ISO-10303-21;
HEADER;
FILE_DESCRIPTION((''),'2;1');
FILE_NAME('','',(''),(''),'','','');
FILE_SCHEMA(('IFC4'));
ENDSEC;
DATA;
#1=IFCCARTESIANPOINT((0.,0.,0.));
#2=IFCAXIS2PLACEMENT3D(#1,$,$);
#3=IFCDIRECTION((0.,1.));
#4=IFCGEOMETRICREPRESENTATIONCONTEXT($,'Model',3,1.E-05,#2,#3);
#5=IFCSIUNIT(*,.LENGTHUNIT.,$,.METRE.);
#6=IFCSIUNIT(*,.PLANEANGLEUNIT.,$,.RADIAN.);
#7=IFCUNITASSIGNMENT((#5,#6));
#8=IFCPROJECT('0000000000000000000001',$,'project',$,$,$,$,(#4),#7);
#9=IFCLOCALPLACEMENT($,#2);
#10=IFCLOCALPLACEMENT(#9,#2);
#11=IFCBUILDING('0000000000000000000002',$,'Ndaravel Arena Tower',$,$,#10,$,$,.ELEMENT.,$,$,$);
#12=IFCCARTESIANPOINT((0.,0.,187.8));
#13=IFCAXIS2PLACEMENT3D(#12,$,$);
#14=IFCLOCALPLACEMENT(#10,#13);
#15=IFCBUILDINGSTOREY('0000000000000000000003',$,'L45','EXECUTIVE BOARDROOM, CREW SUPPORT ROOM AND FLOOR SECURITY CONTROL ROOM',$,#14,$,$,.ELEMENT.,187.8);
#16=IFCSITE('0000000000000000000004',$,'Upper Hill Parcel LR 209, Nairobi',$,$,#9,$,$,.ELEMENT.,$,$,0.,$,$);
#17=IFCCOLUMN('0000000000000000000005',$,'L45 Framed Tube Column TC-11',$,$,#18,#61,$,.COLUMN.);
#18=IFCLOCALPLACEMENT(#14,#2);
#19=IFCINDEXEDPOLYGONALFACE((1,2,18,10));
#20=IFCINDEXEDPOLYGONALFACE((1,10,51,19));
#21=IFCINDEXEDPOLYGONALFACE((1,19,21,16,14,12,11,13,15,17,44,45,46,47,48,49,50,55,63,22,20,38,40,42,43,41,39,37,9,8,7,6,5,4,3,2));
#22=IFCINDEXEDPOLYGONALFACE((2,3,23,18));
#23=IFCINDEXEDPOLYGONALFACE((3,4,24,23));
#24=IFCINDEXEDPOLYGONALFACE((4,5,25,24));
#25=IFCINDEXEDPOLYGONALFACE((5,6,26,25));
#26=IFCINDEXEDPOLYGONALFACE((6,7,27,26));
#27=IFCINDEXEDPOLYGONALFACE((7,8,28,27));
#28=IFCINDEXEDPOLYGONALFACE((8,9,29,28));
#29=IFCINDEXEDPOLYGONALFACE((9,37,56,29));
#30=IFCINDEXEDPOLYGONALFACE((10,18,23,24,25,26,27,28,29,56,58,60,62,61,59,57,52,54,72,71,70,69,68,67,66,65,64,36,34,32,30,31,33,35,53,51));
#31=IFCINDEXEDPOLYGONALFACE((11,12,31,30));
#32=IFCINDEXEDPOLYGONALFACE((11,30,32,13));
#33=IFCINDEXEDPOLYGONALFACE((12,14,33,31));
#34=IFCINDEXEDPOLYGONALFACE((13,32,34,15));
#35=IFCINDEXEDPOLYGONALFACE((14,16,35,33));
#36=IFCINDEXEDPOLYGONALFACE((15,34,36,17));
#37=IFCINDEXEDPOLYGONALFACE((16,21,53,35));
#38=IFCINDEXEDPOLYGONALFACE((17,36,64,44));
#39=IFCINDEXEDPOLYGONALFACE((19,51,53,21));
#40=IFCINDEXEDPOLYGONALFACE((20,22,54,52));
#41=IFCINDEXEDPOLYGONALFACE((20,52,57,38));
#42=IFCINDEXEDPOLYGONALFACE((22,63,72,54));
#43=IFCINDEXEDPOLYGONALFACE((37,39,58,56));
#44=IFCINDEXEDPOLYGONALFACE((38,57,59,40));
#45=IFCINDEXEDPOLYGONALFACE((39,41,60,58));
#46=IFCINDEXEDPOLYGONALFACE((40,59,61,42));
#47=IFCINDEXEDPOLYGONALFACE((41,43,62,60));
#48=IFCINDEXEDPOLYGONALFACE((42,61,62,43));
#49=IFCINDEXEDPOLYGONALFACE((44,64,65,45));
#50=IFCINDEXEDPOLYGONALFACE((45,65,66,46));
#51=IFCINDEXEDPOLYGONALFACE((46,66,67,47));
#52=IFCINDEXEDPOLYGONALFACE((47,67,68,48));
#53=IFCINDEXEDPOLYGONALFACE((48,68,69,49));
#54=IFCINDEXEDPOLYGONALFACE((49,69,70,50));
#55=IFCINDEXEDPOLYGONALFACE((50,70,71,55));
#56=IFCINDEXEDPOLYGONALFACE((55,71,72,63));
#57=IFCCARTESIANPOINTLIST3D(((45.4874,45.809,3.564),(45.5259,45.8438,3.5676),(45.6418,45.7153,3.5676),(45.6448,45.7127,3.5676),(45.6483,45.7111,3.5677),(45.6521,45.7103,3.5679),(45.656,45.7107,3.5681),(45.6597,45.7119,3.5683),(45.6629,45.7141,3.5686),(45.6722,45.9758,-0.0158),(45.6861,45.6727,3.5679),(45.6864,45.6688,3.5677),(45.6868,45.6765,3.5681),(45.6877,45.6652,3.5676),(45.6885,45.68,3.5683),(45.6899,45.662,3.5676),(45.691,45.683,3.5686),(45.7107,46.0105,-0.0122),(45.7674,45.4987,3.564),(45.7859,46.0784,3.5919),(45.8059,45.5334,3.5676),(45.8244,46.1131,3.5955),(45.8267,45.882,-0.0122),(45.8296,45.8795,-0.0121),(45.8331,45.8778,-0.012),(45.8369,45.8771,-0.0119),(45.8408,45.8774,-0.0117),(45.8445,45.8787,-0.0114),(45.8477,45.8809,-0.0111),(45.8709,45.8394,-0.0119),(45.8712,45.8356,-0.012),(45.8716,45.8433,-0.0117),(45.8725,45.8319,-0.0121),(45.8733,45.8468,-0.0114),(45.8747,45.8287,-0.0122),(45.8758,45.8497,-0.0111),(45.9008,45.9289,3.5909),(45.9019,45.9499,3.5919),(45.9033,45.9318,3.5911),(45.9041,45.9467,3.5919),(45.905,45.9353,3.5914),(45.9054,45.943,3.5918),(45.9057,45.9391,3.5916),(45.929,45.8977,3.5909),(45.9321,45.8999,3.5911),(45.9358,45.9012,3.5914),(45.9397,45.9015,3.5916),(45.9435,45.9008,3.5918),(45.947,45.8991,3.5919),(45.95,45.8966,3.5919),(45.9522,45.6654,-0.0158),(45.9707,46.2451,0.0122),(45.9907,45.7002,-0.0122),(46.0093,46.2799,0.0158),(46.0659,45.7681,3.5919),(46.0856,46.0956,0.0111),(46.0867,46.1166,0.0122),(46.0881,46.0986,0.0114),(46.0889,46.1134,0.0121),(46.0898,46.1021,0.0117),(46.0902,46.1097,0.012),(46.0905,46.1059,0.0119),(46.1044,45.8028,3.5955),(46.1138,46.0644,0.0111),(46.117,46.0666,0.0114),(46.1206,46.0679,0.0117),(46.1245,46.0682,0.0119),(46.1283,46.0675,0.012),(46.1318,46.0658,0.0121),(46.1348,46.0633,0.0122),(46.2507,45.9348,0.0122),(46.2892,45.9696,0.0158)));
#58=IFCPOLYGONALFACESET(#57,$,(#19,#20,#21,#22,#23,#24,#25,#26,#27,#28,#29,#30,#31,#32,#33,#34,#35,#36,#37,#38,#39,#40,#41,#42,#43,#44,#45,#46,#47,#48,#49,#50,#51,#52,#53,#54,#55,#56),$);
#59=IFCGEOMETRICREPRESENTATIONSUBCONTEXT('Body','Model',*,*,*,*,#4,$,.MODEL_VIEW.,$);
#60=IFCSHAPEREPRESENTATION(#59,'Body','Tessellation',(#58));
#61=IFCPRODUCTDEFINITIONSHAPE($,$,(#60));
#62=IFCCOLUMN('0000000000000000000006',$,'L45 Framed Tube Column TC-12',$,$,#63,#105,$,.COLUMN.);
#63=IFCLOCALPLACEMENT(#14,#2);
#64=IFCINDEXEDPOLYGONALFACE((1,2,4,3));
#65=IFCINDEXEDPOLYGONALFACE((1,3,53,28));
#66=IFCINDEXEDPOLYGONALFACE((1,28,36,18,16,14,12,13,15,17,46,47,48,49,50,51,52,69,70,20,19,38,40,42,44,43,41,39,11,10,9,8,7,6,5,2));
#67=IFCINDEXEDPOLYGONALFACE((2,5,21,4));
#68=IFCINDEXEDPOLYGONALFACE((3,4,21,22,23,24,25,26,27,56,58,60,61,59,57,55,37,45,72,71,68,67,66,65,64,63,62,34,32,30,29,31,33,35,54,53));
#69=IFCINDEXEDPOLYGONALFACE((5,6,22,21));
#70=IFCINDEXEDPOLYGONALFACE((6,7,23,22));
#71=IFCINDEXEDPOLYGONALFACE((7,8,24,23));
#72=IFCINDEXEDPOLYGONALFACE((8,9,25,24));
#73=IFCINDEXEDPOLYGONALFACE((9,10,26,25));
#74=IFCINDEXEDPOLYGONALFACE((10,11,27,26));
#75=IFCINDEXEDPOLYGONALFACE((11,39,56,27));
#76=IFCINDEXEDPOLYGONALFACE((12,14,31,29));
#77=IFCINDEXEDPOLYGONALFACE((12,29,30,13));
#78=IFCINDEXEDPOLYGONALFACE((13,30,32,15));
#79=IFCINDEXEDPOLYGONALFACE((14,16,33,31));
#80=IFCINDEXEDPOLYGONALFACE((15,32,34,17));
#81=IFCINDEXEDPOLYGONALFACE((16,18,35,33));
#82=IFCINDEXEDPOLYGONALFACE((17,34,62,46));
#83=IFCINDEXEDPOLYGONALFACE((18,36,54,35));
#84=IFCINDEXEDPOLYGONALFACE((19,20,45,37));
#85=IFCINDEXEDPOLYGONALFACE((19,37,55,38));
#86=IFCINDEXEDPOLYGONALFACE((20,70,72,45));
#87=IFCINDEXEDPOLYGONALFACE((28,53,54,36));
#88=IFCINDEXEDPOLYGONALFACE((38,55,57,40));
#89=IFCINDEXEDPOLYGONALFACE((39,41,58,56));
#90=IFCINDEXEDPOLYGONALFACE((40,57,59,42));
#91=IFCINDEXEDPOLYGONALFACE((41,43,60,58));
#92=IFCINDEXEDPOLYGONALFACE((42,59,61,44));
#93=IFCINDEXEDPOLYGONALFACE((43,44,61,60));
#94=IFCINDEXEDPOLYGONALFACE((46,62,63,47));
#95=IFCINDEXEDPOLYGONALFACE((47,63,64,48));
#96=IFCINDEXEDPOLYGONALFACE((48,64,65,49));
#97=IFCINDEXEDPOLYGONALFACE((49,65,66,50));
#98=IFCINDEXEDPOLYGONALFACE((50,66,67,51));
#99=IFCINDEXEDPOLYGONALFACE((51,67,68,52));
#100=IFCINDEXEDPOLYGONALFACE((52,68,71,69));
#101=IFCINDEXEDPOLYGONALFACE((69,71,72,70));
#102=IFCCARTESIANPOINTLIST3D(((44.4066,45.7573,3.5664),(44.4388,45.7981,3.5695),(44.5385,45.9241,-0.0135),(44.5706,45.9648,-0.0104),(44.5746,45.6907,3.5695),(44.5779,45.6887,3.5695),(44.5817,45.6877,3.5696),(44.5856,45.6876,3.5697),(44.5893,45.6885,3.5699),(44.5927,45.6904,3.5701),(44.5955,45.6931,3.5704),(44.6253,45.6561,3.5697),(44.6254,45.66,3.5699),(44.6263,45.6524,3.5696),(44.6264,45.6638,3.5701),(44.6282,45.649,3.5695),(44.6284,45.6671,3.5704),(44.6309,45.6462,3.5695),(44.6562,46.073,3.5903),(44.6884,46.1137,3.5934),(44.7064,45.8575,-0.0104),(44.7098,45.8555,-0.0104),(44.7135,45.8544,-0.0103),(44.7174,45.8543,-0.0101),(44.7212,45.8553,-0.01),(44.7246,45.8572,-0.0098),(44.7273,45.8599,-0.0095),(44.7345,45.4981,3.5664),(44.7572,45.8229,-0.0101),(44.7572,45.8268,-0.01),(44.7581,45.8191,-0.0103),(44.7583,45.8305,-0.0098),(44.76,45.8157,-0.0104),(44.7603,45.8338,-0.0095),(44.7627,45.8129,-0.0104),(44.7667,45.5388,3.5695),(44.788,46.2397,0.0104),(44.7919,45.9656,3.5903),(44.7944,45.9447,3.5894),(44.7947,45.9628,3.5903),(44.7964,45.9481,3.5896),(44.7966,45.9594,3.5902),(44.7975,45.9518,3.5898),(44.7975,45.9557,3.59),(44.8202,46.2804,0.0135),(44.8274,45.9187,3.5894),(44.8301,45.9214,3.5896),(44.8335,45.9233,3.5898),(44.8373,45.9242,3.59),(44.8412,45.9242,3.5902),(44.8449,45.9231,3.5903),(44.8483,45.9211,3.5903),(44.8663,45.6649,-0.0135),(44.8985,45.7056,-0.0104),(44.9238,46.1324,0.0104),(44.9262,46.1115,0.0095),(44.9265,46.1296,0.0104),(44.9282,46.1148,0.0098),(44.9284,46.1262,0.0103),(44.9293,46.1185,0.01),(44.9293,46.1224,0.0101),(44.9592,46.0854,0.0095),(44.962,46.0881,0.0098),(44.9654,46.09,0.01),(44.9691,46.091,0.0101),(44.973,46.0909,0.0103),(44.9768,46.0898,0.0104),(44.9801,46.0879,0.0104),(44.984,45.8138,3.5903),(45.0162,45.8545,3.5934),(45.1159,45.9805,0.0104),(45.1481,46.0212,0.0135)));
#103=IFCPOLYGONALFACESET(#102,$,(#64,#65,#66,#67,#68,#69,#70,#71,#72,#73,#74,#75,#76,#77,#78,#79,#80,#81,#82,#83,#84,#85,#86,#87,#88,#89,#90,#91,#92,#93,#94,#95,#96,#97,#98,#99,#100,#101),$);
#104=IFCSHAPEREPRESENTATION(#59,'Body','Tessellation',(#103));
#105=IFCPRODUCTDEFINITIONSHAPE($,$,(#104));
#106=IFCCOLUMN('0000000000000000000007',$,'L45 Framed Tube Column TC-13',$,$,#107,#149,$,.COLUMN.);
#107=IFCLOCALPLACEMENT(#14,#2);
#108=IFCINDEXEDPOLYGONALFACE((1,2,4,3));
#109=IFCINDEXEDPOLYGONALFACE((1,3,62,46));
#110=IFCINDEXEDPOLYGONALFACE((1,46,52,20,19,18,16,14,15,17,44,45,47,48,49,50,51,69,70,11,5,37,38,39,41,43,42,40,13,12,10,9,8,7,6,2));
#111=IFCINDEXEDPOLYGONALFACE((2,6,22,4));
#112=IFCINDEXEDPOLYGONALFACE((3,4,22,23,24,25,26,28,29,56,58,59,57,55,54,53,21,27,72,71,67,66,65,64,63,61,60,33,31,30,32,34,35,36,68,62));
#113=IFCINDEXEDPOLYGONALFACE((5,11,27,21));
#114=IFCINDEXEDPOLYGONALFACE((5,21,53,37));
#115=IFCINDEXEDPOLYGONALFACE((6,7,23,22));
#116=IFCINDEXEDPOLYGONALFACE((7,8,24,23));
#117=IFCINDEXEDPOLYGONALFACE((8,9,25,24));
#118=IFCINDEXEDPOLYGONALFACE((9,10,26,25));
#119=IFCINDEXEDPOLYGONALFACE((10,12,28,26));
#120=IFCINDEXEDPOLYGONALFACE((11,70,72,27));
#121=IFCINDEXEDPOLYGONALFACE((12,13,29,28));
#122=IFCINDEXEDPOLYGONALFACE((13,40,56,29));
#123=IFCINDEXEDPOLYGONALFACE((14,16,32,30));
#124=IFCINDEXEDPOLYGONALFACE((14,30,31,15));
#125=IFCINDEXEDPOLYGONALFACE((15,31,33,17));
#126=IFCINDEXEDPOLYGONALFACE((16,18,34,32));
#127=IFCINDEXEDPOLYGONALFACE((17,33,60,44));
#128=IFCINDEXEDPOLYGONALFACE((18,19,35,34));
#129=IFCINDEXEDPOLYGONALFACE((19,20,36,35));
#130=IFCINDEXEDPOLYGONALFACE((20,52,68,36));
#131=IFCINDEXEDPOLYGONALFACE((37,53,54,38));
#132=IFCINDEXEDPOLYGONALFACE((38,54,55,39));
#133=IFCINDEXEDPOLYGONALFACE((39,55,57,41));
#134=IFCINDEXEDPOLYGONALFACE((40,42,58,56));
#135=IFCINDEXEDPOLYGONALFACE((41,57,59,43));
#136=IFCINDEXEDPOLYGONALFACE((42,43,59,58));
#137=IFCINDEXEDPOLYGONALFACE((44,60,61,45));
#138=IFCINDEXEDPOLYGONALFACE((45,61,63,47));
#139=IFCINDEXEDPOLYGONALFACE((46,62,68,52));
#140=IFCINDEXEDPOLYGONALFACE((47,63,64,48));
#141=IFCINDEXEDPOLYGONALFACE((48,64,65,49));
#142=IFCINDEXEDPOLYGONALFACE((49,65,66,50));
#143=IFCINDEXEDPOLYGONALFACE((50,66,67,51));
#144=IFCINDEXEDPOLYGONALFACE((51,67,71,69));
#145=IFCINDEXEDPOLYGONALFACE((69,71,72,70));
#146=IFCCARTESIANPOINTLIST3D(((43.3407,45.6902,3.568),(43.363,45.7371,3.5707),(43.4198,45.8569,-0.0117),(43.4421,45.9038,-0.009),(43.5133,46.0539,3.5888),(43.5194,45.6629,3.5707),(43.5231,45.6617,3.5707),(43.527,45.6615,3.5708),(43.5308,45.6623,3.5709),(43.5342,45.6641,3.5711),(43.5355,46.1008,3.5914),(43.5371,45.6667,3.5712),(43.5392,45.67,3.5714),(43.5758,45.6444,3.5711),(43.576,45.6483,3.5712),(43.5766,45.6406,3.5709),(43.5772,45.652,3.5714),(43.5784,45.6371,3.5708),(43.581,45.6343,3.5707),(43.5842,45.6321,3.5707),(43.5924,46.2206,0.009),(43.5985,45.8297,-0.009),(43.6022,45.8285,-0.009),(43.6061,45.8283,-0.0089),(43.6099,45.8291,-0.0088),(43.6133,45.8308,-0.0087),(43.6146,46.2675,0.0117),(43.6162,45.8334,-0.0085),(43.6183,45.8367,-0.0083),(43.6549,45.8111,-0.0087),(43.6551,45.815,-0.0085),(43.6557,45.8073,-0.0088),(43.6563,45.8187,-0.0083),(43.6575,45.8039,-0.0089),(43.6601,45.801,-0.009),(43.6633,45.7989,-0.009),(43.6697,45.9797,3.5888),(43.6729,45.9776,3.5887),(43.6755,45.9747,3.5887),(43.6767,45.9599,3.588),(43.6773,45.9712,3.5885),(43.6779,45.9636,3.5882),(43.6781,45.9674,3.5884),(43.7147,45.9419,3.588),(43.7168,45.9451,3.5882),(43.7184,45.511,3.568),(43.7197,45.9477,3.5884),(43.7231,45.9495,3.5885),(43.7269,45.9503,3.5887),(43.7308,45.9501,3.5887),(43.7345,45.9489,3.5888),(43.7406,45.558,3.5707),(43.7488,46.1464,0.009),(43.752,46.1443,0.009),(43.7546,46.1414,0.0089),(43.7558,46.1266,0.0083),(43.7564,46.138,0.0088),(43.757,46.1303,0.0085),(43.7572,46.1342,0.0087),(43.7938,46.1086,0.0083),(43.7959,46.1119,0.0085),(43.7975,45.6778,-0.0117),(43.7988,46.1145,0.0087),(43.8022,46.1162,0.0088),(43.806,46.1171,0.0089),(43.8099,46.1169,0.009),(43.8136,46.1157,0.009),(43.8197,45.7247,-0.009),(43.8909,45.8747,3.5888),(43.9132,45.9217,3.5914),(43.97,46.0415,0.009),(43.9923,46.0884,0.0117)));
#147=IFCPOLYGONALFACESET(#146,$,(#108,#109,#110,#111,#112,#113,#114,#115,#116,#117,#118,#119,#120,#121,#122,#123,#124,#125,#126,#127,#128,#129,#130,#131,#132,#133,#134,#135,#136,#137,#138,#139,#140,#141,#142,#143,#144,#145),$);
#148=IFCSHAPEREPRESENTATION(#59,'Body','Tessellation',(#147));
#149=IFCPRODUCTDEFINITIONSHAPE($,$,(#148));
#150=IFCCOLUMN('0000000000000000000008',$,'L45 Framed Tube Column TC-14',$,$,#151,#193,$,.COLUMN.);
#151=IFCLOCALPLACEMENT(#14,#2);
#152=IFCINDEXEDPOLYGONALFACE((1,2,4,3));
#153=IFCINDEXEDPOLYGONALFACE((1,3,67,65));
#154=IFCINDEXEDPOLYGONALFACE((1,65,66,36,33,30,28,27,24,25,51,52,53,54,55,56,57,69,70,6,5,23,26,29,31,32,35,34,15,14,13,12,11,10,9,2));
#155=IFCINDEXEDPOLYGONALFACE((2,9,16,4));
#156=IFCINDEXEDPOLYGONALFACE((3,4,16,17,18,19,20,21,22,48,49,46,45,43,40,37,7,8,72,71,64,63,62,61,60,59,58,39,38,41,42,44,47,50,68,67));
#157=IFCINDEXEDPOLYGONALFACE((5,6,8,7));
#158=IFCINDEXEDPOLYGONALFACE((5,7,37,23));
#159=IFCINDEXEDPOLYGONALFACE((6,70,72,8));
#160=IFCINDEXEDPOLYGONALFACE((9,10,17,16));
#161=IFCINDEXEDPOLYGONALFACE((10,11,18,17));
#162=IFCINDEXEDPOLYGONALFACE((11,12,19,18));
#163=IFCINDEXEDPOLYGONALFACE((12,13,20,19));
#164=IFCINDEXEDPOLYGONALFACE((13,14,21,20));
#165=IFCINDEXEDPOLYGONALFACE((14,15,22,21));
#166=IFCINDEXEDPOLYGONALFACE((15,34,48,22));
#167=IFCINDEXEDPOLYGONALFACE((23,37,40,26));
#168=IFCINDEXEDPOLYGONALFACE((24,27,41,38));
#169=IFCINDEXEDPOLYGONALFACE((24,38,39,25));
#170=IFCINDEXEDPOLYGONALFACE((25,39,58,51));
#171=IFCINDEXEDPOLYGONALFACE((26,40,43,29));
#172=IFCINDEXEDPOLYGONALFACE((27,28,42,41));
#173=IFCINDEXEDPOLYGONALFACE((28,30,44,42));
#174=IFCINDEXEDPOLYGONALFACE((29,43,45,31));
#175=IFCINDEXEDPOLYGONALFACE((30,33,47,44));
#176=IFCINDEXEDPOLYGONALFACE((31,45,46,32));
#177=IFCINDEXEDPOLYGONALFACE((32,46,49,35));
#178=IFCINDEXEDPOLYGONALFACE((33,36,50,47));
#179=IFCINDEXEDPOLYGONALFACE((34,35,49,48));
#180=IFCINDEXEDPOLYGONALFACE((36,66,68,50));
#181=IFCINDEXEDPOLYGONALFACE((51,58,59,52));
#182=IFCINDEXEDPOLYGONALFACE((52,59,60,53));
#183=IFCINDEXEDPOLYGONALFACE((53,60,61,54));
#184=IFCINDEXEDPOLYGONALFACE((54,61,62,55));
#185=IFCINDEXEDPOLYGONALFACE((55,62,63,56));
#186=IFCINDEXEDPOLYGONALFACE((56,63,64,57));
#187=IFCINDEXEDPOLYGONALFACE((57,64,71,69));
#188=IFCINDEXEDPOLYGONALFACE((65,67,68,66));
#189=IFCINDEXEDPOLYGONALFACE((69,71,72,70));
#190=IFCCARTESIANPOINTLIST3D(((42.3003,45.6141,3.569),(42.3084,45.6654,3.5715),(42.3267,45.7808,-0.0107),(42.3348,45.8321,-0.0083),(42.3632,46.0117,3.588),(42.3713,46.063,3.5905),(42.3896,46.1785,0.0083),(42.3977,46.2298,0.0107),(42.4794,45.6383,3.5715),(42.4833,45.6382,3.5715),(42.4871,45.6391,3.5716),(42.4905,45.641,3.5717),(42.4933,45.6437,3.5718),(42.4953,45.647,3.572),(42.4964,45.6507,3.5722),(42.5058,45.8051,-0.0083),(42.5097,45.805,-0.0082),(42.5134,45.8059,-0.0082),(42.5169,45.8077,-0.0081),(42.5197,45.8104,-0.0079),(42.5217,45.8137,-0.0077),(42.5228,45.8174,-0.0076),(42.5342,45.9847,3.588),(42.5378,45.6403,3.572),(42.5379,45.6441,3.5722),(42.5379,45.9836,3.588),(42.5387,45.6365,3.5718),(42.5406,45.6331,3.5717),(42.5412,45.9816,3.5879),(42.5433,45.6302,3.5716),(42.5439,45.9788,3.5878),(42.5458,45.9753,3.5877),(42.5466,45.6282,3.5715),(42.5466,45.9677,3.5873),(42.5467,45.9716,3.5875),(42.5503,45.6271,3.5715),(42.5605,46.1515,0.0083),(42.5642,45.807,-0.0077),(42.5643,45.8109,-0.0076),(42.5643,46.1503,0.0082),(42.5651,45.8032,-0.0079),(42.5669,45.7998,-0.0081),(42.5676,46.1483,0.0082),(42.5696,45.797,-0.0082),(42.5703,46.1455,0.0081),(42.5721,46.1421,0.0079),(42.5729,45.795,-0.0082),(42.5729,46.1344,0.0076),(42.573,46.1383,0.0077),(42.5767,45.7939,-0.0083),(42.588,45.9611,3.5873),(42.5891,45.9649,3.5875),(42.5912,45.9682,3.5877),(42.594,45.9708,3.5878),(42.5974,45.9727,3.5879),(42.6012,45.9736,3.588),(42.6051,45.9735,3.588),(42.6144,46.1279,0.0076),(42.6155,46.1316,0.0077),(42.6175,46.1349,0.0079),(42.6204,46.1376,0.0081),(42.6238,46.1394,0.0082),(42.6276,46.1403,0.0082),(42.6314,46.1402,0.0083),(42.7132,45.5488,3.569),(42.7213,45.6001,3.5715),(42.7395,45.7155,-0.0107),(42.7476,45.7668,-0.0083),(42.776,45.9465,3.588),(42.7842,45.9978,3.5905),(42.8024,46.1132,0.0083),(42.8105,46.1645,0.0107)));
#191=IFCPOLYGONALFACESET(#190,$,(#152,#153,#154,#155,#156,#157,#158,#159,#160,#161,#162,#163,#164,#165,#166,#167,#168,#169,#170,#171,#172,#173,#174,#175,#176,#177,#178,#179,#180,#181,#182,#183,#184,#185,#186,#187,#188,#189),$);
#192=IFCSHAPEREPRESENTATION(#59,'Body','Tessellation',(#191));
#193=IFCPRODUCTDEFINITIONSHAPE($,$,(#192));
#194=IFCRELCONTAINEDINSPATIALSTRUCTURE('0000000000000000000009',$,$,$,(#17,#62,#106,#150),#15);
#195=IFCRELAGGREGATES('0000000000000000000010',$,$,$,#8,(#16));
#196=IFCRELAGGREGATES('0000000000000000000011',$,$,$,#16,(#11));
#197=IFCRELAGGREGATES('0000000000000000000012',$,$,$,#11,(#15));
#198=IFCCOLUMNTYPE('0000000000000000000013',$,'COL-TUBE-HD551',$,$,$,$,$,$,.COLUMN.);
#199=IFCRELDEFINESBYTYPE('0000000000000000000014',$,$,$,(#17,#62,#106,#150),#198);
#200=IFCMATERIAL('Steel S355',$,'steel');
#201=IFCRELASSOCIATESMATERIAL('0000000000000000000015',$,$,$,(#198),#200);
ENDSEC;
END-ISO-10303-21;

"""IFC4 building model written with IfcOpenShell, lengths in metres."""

from ifc_helpers import new_model, si_unit, direction, frame, origin, origin_2d, place, context, subcontext, project, spatial, i_section, extrude, material, material_profile, profile_set, type_object, element, save


model = new_model("IFC4")

# Units and contexts
model_context = context("Model", 3, precision=1e-05, world=origin(), true_north=direction((0.0, 1.0)))
body_context = subcontext(model_context, "Body", "Model", "MODEL_VIEW")
ifc_project = project(units=[si_unit("LENGTHUNIT", "METRE"), si_unit("PLANEANGLEUNIT", "RADIAN")], contexts=[model_context])

# Site, building, storey
site_placement = place(None, origin())
site = spatial("IfcSite", under=ifc_project, at=site_placement, Name="Upper Hill Parcel LR 209, Nairobi", CompositionType="ELEMENT", RefElevation=0.0)
building_placement = place(site_placement, origin())
building = spatial("IfcBuilding", under=site, at=building_placement, Name="Ndaravel Arena Tower", CompositionType="ELEMENT")
storey_placement = place(building_placement, frame((0.0, 0.0, 187.8)))
storey = spatial("IfcBuildingStorey", under=building, at=storey_placement, Name="L45", Description="EXECUTIVE BOARDROOM, CREW SUPPORT ROOM AND FLOOR SECURITY CONTROL ROOM", CompositionType="ELEMENT", Elevation=187.8)

# Columns
ifc_material_1 = material(Name="Steel S355", Category="steel")
ifc_material_profile_1 = material_profile(ifc_material_1, i_section(OverallWidth=0.418, OverallDepth=0.4551, WebThickness=0.042, FlangeThickness=0.052, FilletRadius=0.0149, at=origin_2d()), Name="HD 400x551")
ifc_profile_set_1 = profile_set([ifc_material_profile_1], Name="Steel S355")
column_type = type_object("IfcColumnType", Name="COL-TUBE-HD551", PredefinedType="COLUMN", material=ifc_profile_set_1)
column_1_placement = place(storey_placement, frame((45.9807, 45.9727, 0.0), z_axis=(-0.051502, -0.046468, 0.997591), x_axis=(0.669885, -0.742465, 0.0)))
element("IfcColumn", 1, at=column_1_placement, inside=storey, type_object=column_type, Name="L45 Framed Tube Column TC-11", PredefinedType="COLUMN", context=body_context, shape_type="SweptSolid", body=[
    extrude(i_section(OverallWidth=0.418, OverallDepth=0.4551, WebThickness=0.042, FlangeThickness=0.052, FilletRadius=0.0149, at=origin_2d()), origin(), (0.0, 0.0, 1.0), 3.5884),
])
column_2_placement = place(storey_placement, frame((44.8433, 45.9727, 0.0), z_axis=(-0.036763, -0.046498, 0.998242), x_axis=(0.784442, -0.620203, 0.0)))
element("IfcColumn", 2, at=column_2_placement, inside=storey, type_object=column_type, Name="L45 Framed Tube Column TC-12", PredefinedType="COLUMN", context=body_context, shape_type="SweptSolid", body=[
    extrude(i_section(OverallWidth=0.418, OverallDepth=0.4551, WebThickness=0.042, FlangeThickness=0.052, FilletRadius=0.0149, at=origin_2d()), origin(), (0.0, 0.0, 1.0), 3.5862),
])
column_3_placement = place(storey_placement, frame((43.7061, 45.9727, 0.0), z_axis=(-0.022067, -0.046518, 0.998674), x_axis=(0.903495, -0.428598, 0.0)))
element("IfcColumn", 3, at=column_3_placement, inside=storey, type_object=column_type, Name="L45 Framed Tube Column TC-13", PredefinedType="COLUMN", context=body_context, shape_type="SweptSolid", body=[
    extrude(i_section(OverallWidth=0.418, OverallDepth=0.4551, WebThickness=0.042, FlangeThickness=0.052, FilletRadius=0.0149, at=origin_2d()), origin(), (0.0, 0.0, 1.0), 3.5845),
])
column_4_placement = place(storey_placement, frame((42.5686, 45.9727, 0.0), z_axis=(-0.007357, -0.046528, 0.99889), x_axis=(0.987728, -0.156185, 0.0)))
element("IfcColumn", 4, at=column_4_placement, inside=storey, type_object=column_type, Name="L45 Framed Tube Column TC-14", PredefinedType="COLUMN", context=body_context, shape_type="SweptSolid", body=[
    extrude(i_section(OverallWidth=0.418, OverallDepth=0.4551, WebThickness=0.042, FlangeThickness=0.052, FilletRadius=0.0149, at=origin_2d()), origin(), (0.0, 0.0, 1.0), 3.5837),
])

save(model, "model.ifc")
